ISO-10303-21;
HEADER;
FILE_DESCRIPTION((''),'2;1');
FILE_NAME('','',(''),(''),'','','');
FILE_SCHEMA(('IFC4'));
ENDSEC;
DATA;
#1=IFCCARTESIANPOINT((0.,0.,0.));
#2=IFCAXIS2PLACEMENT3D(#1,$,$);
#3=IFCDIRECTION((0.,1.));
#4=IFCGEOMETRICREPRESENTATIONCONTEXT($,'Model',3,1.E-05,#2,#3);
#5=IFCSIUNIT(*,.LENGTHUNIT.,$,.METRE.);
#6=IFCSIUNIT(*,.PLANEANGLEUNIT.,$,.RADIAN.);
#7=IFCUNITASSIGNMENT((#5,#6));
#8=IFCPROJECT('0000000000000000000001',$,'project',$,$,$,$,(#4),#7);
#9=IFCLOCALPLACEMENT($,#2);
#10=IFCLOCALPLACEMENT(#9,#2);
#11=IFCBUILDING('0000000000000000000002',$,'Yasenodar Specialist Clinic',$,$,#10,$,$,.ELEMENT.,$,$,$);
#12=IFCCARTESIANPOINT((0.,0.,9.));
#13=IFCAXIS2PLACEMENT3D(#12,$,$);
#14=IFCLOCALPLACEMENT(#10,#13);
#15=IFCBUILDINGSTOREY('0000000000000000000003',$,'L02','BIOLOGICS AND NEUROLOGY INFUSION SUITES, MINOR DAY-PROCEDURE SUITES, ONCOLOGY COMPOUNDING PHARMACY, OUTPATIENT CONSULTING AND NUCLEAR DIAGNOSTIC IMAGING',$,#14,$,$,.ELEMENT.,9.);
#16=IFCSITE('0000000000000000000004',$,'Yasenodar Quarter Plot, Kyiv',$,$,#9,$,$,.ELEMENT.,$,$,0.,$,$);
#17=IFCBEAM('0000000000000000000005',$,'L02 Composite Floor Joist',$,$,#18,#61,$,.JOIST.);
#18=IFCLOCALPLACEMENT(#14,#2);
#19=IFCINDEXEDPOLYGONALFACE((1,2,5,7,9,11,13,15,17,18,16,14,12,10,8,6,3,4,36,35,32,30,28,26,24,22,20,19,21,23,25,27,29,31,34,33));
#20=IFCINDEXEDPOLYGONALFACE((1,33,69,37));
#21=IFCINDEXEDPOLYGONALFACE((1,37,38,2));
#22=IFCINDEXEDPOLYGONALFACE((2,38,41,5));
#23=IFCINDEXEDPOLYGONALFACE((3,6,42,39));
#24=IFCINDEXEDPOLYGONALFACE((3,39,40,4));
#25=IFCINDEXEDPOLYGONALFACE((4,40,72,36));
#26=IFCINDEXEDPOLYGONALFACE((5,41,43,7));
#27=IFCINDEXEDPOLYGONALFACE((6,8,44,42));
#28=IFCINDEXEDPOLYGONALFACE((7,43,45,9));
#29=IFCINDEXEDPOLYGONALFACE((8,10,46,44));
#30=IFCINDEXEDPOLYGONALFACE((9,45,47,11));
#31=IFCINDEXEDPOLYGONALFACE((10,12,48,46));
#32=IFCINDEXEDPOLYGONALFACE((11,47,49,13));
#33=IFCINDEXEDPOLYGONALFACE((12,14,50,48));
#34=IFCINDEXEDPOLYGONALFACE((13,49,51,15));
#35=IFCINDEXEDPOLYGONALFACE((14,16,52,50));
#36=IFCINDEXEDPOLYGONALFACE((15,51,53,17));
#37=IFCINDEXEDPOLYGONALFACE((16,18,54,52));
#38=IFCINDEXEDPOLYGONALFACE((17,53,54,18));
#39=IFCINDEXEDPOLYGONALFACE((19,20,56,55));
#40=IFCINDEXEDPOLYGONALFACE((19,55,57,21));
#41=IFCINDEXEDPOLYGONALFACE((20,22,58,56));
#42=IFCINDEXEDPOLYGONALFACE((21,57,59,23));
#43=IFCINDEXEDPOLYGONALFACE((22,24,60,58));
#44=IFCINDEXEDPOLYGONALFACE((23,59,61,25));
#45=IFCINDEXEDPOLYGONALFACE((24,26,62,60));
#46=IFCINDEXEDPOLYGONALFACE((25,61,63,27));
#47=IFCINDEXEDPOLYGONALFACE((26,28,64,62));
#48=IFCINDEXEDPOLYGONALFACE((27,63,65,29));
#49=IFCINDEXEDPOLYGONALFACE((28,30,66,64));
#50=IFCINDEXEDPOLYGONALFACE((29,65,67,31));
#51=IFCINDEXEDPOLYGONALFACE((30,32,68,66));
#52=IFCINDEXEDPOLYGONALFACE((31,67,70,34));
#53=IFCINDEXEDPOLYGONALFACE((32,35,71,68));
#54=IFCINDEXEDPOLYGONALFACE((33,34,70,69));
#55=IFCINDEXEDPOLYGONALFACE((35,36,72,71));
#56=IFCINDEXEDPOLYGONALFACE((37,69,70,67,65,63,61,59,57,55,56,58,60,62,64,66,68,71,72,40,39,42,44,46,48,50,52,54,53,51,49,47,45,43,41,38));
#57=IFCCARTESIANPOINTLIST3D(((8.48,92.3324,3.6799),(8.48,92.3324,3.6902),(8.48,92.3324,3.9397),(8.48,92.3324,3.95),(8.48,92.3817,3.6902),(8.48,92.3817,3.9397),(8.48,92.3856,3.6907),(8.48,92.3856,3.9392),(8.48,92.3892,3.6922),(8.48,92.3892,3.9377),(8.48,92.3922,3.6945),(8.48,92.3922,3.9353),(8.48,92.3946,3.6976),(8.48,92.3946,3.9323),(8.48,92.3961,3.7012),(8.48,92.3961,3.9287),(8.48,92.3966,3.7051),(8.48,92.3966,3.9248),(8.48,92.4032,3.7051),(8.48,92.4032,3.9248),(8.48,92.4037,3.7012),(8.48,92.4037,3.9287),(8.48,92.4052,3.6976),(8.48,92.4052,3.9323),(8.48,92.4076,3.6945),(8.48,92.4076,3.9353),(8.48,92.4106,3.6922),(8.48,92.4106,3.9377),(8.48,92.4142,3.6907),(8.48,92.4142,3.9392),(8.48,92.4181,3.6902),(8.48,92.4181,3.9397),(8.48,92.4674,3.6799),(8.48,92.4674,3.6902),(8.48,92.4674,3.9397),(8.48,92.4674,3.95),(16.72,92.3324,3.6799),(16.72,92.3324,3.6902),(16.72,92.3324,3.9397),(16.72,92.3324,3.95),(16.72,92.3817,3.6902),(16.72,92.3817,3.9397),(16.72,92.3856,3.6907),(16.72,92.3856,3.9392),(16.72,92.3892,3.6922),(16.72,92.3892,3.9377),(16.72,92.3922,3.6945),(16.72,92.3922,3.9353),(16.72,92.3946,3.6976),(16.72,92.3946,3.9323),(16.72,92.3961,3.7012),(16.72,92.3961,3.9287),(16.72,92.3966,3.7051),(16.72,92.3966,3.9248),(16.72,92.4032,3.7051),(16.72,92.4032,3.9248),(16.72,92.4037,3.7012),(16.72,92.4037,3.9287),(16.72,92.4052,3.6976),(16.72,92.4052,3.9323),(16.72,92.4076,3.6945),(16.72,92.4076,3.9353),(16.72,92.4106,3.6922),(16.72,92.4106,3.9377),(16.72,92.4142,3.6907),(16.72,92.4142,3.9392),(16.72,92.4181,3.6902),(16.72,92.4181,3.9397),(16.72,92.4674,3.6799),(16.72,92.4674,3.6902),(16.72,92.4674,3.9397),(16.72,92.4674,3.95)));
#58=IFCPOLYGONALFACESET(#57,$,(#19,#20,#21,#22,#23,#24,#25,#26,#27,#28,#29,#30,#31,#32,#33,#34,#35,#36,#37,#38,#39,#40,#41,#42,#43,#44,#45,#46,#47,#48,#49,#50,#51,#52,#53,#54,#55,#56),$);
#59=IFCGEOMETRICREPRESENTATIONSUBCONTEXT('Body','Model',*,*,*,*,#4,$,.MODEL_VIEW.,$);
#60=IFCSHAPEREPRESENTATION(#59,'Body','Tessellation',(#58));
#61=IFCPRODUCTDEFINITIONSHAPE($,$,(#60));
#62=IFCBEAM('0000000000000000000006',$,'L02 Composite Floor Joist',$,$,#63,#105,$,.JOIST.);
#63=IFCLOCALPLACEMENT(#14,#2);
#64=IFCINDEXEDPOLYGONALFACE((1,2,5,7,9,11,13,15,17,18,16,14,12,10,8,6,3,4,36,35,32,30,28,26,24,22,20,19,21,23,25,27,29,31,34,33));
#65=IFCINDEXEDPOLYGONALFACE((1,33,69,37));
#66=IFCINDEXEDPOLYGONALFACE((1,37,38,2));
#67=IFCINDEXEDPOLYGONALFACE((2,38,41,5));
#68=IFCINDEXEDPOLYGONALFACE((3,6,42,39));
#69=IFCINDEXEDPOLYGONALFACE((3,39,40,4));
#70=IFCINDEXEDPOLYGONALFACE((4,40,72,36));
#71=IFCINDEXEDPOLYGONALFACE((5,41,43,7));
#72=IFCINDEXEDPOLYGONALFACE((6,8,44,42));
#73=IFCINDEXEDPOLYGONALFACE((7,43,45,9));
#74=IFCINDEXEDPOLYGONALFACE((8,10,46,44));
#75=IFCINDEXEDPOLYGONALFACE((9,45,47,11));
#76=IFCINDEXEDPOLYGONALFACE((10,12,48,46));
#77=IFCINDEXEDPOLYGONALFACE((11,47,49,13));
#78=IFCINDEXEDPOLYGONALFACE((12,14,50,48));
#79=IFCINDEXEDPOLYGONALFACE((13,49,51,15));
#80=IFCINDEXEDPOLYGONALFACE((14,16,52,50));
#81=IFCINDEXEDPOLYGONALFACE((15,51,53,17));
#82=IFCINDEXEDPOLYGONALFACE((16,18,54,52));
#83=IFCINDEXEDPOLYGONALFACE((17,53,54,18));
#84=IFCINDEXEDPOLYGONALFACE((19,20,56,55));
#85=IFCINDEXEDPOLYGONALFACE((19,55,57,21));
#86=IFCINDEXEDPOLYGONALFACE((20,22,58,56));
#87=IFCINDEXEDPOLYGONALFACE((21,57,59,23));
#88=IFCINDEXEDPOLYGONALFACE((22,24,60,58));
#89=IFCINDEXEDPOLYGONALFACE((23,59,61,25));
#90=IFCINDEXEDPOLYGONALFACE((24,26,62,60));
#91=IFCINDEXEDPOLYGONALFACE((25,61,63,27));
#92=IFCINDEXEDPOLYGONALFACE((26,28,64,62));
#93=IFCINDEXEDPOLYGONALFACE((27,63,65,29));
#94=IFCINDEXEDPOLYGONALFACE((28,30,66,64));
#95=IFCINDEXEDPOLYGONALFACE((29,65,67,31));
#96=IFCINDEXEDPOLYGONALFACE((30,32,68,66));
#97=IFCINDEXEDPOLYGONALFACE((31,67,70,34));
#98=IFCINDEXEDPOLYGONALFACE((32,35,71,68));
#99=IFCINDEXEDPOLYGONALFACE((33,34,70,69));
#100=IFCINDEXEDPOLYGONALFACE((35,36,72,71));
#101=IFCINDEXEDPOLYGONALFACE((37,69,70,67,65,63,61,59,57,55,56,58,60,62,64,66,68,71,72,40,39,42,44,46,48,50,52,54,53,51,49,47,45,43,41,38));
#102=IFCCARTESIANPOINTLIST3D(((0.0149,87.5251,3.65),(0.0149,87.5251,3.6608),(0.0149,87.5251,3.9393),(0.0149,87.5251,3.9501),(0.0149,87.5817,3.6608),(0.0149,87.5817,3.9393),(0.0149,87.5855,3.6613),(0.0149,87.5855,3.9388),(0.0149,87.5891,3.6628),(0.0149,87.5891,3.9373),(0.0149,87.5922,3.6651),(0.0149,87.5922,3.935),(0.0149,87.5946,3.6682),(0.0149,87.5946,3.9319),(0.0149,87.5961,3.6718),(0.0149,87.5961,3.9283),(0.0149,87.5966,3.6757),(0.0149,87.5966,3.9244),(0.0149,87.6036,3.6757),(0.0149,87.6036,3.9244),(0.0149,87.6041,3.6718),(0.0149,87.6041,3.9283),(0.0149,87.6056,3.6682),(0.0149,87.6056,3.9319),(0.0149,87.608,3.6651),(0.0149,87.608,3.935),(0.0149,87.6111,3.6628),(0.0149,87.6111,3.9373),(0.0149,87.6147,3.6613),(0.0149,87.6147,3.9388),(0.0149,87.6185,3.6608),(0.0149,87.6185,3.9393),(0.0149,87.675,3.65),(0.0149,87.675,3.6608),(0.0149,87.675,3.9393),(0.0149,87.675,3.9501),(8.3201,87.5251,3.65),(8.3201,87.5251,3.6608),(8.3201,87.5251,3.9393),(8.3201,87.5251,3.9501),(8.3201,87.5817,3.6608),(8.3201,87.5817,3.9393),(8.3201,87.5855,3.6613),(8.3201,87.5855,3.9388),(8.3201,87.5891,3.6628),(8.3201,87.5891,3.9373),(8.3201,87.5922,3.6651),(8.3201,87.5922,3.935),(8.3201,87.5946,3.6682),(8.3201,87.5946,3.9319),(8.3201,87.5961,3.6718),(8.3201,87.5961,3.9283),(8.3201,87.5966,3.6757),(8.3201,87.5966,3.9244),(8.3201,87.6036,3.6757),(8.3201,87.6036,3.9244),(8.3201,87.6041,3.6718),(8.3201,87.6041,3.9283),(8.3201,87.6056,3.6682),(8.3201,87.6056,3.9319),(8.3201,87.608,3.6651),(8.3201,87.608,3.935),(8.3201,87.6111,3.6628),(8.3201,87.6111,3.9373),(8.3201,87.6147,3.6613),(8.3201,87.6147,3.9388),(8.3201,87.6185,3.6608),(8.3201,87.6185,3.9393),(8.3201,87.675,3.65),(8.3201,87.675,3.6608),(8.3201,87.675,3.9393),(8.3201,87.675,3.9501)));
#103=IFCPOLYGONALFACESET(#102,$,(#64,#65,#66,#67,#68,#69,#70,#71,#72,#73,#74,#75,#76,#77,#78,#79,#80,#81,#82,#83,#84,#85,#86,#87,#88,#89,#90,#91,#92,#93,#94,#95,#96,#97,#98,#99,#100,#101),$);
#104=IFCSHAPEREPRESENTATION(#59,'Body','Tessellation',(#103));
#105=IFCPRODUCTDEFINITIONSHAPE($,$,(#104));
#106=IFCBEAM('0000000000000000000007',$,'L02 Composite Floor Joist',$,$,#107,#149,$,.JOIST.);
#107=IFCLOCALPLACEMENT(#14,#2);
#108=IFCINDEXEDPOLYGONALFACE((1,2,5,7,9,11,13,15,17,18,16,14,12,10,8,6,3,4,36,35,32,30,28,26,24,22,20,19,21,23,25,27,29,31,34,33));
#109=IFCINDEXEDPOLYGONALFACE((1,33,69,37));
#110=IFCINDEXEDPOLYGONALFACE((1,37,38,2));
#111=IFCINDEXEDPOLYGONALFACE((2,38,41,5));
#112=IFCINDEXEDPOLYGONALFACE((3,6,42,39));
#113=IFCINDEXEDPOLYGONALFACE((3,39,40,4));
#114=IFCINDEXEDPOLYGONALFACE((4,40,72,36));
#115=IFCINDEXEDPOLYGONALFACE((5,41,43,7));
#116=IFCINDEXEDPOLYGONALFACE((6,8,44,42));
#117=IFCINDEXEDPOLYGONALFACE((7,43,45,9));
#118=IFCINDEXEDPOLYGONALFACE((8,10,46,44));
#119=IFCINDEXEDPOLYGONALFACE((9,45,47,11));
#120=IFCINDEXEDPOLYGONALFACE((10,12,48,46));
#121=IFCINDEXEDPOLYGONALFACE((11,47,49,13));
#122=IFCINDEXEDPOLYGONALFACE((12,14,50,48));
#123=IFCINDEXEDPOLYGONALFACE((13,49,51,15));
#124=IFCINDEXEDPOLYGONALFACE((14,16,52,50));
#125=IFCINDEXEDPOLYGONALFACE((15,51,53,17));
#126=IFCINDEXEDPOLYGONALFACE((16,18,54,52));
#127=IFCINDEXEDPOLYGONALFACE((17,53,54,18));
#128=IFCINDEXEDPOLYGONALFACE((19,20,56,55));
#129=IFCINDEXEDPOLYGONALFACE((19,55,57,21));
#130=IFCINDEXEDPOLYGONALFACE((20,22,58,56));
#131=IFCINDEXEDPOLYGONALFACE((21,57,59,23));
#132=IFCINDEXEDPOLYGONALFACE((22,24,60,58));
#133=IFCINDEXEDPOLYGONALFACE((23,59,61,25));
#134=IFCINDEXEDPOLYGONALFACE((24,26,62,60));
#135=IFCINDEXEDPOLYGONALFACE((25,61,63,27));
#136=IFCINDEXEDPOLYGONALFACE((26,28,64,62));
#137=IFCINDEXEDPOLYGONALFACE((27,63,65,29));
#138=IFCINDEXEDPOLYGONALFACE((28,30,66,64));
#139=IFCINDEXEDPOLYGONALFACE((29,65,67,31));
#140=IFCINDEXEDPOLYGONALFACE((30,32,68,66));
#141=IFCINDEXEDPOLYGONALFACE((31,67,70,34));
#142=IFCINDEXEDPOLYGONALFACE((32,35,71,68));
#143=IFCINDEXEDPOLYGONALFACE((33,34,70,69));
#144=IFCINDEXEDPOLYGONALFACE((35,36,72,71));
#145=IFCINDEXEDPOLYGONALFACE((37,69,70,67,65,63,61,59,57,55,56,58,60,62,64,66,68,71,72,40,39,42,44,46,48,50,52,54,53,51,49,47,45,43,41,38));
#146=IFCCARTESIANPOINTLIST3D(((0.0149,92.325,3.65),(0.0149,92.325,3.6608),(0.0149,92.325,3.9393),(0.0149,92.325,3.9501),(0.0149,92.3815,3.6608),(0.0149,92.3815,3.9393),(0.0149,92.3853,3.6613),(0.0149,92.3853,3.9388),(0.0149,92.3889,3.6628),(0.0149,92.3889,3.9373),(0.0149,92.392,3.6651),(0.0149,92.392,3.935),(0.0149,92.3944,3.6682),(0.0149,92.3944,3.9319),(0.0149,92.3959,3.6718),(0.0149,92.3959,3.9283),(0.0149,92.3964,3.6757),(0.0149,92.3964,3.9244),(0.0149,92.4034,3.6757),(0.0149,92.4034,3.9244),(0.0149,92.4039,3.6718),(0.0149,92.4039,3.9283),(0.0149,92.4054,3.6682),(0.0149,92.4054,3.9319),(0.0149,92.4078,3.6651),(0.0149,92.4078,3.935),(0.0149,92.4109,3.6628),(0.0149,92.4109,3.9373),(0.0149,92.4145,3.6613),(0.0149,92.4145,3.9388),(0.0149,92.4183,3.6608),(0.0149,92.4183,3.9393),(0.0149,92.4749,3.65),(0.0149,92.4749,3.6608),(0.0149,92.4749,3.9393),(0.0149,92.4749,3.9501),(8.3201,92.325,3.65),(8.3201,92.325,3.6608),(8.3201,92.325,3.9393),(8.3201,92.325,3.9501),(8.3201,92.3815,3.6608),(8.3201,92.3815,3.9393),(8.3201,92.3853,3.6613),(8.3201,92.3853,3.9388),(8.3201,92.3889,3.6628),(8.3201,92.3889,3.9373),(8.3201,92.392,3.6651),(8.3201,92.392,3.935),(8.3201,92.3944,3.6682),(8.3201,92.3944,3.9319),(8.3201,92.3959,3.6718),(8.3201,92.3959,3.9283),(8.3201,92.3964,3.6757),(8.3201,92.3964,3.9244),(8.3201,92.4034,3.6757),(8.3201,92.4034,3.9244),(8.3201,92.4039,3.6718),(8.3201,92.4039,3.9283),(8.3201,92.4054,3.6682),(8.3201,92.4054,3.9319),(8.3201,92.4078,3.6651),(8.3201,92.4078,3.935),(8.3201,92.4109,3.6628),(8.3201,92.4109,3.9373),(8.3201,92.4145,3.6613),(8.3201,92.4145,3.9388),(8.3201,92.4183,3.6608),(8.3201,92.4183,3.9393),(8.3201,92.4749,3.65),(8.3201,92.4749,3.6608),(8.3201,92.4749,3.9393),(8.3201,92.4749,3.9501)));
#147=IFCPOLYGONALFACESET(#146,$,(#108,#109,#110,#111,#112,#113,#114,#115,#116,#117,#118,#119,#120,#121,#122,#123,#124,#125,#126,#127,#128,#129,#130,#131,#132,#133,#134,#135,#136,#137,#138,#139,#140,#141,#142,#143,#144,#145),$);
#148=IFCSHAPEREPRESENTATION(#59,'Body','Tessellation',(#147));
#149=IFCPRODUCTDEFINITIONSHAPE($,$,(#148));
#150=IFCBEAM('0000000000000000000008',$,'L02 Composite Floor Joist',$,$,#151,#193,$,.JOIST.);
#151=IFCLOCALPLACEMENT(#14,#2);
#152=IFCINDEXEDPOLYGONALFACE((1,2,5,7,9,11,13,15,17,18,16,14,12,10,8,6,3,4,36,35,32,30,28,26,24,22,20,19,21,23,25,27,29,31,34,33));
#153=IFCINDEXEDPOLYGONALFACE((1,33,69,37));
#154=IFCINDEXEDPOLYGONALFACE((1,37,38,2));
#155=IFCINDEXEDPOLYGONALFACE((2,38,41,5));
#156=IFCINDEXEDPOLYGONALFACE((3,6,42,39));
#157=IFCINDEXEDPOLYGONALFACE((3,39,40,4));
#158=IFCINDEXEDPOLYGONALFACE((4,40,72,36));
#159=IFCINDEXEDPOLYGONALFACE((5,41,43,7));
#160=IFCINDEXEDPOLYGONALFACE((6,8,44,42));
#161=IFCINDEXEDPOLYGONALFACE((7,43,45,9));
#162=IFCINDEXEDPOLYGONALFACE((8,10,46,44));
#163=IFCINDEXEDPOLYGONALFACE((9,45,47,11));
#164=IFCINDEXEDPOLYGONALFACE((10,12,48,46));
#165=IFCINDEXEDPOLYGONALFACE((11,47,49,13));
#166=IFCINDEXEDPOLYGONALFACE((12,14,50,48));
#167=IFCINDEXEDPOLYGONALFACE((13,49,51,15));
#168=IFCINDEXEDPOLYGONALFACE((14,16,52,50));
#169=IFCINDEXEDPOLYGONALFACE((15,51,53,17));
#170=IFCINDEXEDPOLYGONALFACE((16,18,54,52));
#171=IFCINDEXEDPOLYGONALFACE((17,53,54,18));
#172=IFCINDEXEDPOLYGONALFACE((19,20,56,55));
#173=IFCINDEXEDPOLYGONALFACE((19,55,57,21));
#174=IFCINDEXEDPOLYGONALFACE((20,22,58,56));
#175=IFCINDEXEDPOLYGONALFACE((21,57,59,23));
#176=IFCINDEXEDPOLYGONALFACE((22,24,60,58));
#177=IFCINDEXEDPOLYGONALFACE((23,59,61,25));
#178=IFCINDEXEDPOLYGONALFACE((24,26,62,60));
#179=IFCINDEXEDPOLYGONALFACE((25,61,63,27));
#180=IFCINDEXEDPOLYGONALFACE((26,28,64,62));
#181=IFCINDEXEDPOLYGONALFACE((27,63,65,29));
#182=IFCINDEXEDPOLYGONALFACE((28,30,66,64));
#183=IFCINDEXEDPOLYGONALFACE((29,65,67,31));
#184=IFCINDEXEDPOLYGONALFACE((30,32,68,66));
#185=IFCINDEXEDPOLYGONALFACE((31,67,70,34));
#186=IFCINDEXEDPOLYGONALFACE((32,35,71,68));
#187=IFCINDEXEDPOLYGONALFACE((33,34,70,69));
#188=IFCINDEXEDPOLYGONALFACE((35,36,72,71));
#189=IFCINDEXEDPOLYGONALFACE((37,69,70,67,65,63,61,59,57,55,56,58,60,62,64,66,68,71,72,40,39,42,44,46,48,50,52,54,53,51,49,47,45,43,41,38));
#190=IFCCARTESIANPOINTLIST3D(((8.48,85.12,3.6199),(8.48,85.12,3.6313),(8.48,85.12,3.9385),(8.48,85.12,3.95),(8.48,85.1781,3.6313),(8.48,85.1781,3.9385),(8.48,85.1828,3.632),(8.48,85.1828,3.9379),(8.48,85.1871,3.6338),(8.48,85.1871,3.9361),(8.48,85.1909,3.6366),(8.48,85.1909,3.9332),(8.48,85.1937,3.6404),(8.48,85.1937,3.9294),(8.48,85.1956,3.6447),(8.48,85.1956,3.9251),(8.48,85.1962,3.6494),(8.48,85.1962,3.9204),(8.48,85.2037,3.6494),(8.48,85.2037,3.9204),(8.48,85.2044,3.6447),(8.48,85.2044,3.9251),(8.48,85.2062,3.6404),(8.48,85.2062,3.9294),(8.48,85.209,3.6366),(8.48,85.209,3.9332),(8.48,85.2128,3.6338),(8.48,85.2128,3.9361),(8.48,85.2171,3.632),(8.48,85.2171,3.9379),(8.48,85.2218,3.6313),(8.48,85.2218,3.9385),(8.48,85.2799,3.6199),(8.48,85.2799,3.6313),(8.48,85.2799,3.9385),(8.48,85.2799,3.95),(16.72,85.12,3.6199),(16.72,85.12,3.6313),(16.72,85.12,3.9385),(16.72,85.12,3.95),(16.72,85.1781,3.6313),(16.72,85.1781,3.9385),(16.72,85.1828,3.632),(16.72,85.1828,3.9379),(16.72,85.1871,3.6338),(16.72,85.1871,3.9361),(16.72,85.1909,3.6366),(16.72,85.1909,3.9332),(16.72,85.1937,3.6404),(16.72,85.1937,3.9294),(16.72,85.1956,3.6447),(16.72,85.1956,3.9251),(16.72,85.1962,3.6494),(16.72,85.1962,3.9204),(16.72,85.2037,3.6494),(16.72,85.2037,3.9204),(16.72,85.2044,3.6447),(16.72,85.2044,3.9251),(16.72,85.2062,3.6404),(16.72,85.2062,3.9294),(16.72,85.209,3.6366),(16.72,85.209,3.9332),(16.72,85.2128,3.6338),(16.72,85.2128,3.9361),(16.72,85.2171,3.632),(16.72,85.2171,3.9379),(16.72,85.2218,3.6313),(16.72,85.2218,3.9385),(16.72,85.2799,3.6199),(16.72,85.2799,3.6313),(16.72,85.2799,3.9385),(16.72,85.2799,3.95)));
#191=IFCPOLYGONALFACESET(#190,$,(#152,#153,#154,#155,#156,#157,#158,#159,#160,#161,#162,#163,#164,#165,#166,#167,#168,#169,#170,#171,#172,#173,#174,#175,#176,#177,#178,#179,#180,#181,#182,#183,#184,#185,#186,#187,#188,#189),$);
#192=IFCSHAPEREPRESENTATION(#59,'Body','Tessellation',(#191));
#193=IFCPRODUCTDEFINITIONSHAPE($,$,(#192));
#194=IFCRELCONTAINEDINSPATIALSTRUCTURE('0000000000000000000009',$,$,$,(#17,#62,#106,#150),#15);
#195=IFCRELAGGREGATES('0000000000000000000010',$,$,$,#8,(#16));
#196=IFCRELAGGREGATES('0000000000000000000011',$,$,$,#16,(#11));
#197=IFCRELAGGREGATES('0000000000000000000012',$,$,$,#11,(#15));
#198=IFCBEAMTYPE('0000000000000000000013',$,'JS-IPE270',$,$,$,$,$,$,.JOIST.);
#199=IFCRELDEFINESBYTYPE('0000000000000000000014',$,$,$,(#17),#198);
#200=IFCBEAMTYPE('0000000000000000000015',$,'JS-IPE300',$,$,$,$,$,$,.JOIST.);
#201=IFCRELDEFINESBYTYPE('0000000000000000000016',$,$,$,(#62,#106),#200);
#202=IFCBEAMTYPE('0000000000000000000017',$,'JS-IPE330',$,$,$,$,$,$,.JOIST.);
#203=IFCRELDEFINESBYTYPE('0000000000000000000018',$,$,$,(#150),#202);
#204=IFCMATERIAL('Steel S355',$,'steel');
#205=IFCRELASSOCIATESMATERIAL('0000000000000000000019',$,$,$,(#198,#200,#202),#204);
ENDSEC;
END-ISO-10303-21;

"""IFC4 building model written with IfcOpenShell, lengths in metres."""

from ifc_helpers import new_model, si_unit, direction, frame, origin, origin_2d, place, context, subcontext, project, spatial, i_section, extrude, material, material_profile, profile_set, type_object, element, save


model = new_model("IFC4")

# Units and contexts
model_context = context("Model", 3, precision=1e-05, world=origin(), true_north=direction((0.0, 1.0)))
body_context = subcontext(model_context, "Body", "Model", "MODEL_VIEW")
ifc_project = project(units=[si_unit("LENGTHUNIT", "METRE"), si_unit("PLANEANGLEUNIT", "RADIAN")], contexts=[model_context])

# Site, building, storey
site_placement = place(None, origin())
site = spatial("IfcSite", under=ifc_project, at=site_placement, Name="Yasenodar Quarter Plot, Kyiv", CompositionType="ELEMENT", RefElevation=0.0)
building_placement = place(site_placement, origin())
building = spatial("IfcBuilding", under=site, at=building_placement, Name="Yasenodar Specialist Clinic", CompositionType="ELEMENT")
storey_placement = place(building_placement, frame((0.0, 0.0, 9.0)))
storey = spatial("IfcBuildingStorey", under=building, at=storey_placement, Name="L02", Description="BIOLOGICS AND NEUROLOGY INFUSION SUITES, MINOR DAY-PROCEDURE SUITES, ONCOLOGY COMPOUNDING PHARMACY, OUTPATIENT CONSULTING AND NUCLEAR DIAGNOSTIC IMAGING", CompositionType="ELEMENT", Elevation=9.0)

# Shared definitions
ifc_material_1 = material(Name="Steel S355", Category="steel")

# Beams
ifc_material_profile_1 = material_profile(ifc_material_1, i_section(OverallWidth=0.135, OverallDepth=0.27, WebThickness=0.0066, FlangeThickness=0.0103, FilletRadius=0.0149, at=origin_2d()), Name="IPE 270")
ifc_profile_set_1 = profile_set([ifc_material_profile_1], Name="Steel S355")
beam_type_1 = type_object("IfcBeamType", Name="JS-IPE270", PredefinedType="JOIST", material=ifc_profile_set_1)
for number, where, z_axis, x_axis, name in (
    (1, (8.48, 92.3999, 3.8149), (1.0, 0.0, 0.0), (0.0, 1.0, 0.0), "L02 Composite Floor Joist"),
):
    element("IfcBeam", number, at=place(storey_placement, frame(where, z_axis=z_axis, x_axis=x_axis)), inside=storey, type_object=beam_type_1, Name=name, PredefinedType="JOIST", context=body_context, shape_type="SweptSolid", body=[
        extrude(i_section(OverallWidth=0.135, OverallDepth=0.27, WebThickness=0.0066, FlangeThickness=0.0103, FilletRadius=0.0149, at=origin_2d()), origin(), (0.0, 0.0, 1.0), 8.24),
    ])
ifc_material_profile_2 = material_profile(ifc_material_1, i_section(OverallWidth=0.1499, OverallDepth=0.3, WebThickness=0.0071, FlangeThickness=0.0107, FilletRadius=0.0149, at=origin_2d()), Name="IPE 300")
ifc_profile_set_2 = profile_set([ifc_material_profile_2], Name="Steel S355")
beam_type_2 = type_object("IfcBeamType", Name="JS-IPE300", PredefinedType="JOIST", material=ifc_profile_set_2)
for number, where, z_axis, x_axis, name in (
    (2, (0.0149, 87.6001, 3.8), (1.0, 0.0, 0.0), (0.0, 1.0, 0.0), "L02 Composite Floor Joist"),
    (3, (0.0149, 92.3999, 3.8), (1.0, 0.0, 0.0), (0.0, 1.0, 0.0), "L02 Composite Floor Joist"),
):
    element("IfcBeam", number, at=place(storey_placement, frame(where, z_axis=z_axis, x_axis=x_axis)), inside=storey, type_object=beam_type_2, Name=name, PredefinedType="JOIST", context=body_context, shape_type="SweptSolid", body=[
        extrude(i_section(OverallWidth=0.1499, OverallDepth=0.3, WebThickness=0.0071, FlangeThickness=0.0107, FilletRadius=0.0149, at=origin_2d()), origin(), (0.0, 0.0, 1.0), 8.3052),
    ])
ifc_material_profile_3 = material_profile(ifc_material_1, i_section(OverallWidth=0.1599, OverallDepth=0.3301, WebThickness=0.0076, FlangeThickness=0.0115, FilletRadius=0.0181, at=origin_2d()), Name="IPE 330")
ifc_profile_set_3 = profile_set([ifc_material_profile_3], Name="Steel S355")
beam_type_3 = type_object("IfcBeamType", Name="JS-IPE330", PredefinedType="JOIST", material=ifc_profile_set_3)
beam_1_placement = place(storey_placement, frame((8.48, 85.2, 3.7849), z_axis=(1.0, 0.0, 0.0), x_axis=(0.0, 1.0, 0.0)))
element("IfcBeam", 4, at=beam_1_placement, inside=storey, type_object=beam_type_3, Name="L02 Composite Floor Joist", PredefinedType="JOIST", context=body_context, shape_type="SweptSolid", body=[
    extrude(i_section(OverallWidth=0.1599, OverallDepth=0.3301, WebThickness=0.0076, FlangeThickness=0.0115, FilletRadius=0.0181, at=origin_2d()), origin(), (0.0, 0.0, 1.0), 8.24),
])

save(model, "model.ifc")
